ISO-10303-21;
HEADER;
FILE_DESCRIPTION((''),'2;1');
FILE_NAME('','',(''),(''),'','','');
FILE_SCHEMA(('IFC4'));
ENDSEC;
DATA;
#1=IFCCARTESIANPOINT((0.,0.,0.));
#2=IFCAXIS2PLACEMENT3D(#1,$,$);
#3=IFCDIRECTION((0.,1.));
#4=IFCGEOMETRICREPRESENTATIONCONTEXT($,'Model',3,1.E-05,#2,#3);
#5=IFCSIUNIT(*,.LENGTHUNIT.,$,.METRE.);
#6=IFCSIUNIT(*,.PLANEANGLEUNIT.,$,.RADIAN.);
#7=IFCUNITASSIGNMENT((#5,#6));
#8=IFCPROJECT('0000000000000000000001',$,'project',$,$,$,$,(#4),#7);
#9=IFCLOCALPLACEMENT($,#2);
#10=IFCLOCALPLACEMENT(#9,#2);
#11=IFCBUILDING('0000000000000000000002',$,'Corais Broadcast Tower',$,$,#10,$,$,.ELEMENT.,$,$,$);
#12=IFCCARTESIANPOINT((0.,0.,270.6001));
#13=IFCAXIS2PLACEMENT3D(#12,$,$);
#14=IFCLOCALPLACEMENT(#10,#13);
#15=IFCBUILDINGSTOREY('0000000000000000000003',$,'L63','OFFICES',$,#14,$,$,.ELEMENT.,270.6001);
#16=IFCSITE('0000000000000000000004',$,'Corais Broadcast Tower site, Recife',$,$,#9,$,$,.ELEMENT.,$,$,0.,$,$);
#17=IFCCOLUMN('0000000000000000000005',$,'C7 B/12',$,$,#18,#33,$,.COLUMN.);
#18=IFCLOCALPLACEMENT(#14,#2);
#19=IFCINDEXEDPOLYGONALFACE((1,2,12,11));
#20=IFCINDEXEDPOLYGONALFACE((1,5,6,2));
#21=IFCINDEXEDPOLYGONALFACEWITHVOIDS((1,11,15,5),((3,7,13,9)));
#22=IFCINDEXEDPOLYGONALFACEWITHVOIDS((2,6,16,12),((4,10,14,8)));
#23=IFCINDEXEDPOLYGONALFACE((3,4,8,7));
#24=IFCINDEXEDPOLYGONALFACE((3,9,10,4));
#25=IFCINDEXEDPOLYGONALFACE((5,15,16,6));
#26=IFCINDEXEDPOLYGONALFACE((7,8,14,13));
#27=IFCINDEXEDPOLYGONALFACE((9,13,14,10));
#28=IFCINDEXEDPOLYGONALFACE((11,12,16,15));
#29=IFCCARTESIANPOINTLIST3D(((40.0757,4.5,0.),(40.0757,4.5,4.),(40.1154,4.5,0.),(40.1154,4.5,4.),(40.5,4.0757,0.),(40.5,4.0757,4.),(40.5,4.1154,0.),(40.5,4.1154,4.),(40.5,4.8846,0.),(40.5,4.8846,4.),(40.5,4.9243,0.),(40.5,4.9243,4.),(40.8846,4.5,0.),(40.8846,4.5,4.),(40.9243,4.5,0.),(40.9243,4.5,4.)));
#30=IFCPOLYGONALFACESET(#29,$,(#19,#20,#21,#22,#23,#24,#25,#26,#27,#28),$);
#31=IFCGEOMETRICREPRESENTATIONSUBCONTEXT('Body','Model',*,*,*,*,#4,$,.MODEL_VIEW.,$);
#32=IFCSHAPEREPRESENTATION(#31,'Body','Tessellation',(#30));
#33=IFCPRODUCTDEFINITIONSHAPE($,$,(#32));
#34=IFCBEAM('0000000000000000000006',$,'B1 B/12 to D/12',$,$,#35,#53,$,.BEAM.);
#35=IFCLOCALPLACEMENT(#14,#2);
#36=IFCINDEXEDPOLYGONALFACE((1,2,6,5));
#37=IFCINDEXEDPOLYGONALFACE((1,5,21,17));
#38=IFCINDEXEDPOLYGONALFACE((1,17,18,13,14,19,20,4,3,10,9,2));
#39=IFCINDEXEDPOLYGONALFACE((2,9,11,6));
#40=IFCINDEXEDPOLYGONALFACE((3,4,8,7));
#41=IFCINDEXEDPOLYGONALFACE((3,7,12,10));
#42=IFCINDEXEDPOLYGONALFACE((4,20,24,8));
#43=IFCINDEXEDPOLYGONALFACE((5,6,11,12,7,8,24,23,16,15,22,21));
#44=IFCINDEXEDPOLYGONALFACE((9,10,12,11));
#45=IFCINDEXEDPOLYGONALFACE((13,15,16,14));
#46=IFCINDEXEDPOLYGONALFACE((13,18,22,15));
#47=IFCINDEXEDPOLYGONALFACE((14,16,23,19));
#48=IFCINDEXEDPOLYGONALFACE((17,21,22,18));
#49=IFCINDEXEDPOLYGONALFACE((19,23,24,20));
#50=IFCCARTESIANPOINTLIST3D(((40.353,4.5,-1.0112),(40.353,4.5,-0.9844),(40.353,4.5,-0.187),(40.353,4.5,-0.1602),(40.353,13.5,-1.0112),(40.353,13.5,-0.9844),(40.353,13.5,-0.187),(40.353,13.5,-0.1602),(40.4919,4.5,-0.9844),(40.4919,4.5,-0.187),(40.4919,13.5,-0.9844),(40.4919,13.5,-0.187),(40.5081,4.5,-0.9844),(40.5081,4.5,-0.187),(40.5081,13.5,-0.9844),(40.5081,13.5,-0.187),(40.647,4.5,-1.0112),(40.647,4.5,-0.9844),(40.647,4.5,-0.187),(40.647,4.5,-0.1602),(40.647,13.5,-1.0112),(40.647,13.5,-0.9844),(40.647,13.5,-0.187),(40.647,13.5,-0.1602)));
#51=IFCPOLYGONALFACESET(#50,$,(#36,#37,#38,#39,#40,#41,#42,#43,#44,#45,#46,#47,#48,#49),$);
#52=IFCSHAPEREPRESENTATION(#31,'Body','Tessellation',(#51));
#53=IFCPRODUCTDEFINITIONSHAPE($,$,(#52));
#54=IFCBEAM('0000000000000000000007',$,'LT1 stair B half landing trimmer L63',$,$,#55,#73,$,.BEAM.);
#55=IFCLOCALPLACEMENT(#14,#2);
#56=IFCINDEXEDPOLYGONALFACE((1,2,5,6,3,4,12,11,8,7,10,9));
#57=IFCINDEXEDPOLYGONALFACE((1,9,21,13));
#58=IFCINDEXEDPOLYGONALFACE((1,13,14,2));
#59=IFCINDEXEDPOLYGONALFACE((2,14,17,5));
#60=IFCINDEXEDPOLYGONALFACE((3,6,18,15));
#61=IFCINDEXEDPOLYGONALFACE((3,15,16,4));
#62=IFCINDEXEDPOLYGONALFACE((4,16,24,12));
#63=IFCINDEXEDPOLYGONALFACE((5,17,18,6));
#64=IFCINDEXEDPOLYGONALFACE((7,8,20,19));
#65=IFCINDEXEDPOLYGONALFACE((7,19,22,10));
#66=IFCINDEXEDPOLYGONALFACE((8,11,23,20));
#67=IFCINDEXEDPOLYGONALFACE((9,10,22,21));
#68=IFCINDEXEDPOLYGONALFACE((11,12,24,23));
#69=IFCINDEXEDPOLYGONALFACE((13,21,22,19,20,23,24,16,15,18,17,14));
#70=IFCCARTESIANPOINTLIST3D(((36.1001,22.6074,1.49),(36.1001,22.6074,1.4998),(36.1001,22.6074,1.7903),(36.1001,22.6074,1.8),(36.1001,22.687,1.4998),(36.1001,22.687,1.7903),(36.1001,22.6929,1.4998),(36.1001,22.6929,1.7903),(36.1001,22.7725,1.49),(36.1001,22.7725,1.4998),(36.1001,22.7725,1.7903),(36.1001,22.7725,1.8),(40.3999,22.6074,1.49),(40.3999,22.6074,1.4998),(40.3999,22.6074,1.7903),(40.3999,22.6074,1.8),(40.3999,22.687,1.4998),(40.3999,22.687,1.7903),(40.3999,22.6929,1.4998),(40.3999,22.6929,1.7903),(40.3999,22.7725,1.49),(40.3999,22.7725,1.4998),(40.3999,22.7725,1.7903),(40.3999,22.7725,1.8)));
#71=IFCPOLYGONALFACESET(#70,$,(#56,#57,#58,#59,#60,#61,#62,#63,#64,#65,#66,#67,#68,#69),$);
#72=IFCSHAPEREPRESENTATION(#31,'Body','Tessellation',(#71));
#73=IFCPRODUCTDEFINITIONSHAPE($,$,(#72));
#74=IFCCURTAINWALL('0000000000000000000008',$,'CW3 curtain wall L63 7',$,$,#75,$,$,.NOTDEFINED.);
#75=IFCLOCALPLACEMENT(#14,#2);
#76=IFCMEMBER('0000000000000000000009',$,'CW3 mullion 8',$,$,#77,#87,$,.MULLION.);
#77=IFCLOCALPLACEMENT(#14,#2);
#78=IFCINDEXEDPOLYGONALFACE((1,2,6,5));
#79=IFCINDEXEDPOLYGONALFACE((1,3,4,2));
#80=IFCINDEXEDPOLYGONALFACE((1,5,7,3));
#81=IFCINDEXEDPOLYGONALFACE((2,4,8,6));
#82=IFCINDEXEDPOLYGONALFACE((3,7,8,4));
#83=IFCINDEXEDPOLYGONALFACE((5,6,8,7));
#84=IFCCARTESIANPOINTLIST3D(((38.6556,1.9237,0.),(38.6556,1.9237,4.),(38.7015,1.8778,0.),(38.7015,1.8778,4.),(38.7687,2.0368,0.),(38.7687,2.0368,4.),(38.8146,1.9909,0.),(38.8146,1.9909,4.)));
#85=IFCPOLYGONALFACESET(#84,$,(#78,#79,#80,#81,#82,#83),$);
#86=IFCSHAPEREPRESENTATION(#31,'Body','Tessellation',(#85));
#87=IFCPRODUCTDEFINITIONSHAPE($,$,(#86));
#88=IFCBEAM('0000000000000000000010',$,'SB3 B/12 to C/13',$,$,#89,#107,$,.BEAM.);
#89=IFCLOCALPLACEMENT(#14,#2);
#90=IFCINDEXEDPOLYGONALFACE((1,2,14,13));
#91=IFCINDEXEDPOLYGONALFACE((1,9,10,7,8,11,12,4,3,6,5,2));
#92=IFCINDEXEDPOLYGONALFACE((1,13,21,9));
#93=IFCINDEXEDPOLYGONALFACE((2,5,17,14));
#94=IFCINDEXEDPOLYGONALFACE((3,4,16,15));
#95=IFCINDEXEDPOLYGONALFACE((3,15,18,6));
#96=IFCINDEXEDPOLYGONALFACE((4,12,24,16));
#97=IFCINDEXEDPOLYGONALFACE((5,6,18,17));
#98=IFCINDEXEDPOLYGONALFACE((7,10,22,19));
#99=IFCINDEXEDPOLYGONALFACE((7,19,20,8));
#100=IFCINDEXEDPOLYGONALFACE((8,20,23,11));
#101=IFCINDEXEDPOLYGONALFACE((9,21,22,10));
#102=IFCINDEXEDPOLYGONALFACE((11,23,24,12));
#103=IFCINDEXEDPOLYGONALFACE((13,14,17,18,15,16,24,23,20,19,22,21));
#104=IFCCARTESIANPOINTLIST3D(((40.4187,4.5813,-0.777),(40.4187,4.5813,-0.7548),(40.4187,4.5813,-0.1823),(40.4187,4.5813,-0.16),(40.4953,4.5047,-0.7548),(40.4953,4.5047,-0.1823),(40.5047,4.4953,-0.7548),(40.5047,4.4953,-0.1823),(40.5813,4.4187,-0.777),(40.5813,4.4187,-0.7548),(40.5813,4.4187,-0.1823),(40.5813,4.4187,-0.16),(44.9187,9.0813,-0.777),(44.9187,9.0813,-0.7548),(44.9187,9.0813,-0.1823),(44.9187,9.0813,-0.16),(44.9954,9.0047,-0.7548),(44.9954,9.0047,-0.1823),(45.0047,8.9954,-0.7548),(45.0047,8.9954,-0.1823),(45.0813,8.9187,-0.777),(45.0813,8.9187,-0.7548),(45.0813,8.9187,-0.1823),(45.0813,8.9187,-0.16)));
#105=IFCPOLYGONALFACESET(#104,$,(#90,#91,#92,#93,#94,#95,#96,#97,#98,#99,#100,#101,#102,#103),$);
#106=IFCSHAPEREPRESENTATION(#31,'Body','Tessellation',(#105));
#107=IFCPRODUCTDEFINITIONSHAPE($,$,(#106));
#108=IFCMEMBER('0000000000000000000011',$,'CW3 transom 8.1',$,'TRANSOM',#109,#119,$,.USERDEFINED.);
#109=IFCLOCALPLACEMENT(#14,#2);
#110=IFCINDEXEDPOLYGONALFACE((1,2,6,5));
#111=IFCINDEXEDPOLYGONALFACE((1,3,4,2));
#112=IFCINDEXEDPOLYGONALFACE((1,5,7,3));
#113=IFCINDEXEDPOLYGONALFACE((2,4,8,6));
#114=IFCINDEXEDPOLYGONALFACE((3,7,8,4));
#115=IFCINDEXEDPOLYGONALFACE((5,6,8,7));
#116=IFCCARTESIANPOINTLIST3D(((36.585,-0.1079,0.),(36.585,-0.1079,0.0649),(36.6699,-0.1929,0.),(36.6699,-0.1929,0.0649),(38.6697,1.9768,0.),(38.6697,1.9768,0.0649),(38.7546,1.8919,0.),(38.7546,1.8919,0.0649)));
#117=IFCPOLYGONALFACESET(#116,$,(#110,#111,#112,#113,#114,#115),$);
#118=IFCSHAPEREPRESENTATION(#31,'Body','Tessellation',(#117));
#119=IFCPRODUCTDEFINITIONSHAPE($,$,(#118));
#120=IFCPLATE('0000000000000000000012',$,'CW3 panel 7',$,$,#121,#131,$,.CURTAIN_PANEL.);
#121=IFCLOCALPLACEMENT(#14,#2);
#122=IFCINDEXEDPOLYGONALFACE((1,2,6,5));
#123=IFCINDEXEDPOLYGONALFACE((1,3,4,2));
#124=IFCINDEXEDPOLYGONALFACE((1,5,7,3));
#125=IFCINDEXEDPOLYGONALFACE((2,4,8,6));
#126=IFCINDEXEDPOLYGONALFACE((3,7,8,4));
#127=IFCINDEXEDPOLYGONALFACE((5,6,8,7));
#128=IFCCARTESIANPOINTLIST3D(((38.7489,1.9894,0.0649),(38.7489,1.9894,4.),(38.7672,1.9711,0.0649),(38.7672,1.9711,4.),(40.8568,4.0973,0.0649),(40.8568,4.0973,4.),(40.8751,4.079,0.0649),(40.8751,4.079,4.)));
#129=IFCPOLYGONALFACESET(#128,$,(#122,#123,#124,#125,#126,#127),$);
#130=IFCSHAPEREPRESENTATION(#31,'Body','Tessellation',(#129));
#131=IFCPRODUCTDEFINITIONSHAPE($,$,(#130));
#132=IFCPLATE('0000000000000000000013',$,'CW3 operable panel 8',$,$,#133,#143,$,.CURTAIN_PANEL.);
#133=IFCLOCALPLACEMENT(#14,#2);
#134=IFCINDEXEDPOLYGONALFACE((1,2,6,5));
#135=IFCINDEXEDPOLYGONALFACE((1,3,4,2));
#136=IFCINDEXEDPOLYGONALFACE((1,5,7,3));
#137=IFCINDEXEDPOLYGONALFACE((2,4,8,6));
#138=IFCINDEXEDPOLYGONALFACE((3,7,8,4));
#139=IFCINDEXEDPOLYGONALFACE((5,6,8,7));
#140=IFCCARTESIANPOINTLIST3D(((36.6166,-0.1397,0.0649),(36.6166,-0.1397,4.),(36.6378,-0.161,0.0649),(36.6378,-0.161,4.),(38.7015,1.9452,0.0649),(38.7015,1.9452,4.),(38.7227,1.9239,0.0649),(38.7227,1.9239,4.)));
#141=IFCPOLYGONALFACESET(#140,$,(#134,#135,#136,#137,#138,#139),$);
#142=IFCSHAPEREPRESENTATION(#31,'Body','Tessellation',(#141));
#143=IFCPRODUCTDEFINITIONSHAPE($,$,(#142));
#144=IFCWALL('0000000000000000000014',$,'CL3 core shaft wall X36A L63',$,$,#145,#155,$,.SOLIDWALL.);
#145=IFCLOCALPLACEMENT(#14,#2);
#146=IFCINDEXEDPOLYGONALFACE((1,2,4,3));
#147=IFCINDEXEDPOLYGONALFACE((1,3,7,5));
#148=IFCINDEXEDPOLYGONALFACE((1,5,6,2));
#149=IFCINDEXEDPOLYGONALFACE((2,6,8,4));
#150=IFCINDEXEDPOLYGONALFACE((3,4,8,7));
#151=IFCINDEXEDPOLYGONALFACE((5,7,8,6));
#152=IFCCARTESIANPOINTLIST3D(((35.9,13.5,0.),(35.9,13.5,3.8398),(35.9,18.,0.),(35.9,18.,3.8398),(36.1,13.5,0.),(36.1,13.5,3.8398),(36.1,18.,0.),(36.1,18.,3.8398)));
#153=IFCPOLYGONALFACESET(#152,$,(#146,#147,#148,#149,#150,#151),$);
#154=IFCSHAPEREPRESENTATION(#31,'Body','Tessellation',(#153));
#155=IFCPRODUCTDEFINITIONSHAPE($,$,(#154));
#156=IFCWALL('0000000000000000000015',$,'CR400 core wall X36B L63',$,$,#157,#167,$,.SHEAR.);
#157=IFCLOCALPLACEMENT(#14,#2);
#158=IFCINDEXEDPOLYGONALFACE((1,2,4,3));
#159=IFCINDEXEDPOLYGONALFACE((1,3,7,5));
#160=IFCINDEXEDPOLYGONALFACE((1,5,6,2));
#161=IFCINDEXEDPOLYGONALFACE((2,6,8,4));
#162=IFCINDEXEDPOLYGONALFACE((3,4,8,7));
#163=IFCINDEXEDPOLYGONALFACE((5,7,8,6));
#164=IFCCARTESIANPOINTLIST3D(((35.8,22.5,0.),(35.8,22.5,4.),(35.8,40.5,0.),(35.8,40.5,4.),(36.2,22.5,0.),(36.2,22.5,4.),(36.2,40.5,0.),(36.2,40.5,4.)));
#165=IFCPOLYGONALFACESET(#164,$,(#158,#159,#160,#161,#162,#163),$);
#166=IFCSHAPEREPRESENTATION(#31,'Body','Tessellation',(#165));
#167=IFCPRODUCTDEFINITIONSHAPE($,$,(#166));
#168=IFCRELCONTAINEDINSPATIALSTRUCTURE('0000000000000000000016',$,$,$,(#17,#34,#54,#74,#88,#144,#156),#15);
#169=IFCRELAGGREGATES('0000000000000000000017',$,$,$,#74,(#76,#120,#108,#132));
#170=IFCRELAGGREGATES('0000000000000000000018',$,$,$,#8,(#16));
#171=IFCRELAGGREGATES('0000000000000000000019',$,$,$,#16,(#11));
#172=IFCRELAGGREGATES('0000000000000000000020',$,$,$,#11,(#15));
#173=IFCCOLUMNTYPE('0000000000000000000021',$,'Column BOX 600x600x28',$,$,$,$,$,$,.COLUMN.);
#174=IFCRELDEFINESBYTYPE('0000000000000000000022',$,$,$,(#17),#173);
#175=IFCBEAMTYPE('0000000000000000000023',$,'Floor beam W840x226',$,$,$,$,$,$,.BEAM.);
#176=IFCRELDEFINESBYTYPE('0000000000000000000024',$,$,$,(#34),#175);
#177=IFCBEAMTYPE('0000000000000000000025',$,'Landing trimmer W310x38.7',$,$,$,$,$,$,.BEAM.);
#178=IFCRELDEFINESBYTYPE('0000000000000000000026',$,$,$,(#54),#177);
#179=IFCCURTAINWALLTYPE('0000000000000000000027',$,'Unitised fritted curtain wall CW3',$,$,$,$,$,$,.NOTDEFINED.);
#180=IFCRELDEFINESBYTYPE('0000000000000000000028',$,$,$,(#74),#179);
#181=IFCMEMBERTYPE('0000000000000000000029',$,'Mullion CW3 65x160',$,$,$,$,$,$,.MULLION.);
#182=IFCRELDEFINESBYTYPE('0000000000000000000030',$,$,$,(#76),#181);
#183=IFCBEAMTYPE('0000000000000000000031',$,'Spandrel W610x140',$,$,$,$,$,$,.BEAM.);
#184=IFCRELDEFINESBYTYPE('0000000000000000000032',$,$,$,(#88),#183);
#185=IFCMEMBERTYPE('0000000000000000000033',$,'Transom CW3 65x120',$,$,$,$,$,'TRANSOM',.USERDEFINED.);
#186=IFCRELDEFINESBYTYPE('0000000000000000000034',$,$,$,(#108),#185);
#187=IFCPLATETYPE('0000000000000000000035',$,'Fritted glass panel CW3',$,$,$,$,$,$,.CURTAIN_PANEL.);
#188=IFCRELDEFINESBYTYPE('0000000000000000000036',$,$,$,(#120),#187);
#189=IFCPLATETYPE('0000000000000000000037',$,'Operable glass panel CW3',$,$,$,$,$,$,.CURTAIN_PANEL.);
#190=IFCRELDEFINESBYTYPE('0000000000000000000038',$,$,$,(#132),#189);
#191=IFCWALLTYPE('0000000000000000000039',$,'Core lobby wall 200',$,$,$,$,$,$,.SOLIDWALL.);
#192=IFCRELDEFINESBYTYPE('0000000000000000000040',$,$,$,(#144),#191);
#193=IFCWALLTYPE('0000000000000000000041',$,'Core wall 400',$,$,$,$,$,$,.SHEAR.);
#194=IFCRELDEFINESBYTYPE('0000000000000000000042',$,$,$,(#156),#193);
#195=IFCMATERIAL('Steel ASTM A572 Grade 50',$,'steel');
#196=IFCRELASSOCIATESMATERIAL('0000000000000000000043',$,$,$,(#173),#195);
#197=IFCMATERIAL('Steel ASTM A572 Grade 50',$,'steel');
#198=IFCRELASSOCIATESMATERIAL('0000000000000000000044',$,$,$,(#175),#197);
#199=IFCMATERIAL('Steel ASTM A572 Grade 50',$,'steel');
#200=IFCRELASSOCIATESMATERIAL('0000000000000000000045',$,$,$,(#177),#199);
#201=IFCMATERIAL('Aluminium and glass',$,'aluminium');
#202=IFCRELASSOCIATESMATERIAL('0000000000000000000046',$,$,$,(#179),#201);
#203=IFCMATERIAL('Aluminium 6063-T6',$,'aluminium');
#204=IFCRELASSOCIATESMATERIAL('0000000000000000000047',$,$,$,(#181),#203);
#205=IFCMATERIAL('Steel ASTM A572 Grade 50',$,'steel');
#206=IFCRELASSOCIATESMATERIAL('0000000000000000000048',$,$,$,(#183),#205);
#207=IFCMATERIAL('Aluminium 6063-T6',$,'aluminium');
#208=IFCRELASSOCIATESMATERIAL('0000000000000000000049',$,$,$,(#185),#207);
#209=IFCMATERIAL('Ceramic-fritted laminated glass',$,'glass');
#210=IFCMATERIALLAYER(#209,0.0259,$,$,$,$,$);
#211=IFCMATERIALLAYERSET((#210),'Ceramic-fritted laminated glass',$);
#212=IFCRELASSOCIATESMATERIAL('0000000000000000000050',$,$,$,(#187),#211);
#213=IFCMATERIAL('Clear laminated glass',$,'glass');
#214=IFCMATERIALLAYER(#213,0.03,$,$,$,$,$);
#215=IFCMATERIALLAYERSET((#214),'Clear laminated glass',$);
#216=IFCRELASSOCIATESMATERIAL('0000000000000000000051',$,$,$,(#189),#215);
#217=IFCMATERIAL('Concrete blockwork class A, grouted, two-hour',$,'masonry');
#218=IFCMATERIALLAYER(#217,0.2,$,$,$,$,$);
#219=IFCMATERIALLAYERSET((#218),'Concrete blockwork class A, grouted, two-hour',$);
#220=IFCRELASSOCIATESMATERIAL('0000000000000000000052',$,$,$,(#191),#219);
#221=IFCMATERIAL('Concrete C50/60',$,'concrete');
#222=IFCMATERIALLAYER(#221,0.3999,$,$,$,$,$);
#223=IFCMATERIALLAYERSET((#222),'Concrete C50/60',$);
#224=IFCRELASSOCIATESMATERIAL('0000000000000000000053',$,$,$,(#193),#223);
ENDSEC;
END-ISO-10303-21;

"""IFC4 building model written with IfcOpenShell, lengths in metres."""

from ifc_helpers import new_model, si_unit, direction, frame, frame_2d, origin, origin_2d, place, context, subcontext, project, spatial, rectangle, hollow_rectangle, i_section, extrude, material, layer, layer_set, material_profile, profile_set, type_object, element, aggregate, save


model = new_model("IFC4")

# Units and contexts
model_context = context("Model", 3, precision=1e-05, world=origin(), true_north=direction((0.0, 1.0)))
body_context = subcontext(model_context, "Body", "Model", "MODEL_VIEW")
ifc_project = project(units=[si_unit("LENGTHUNIT", "METRE"), si_unit("PLANEANGLEUNIT", "RADIAN")], contexts=[model_context])

# Site, building, storey
site_placement = place(None, origin())
site = spatial("IfcSite", under=ifc_project, at=site_placement, Name="Corais Broadcast Tower site, Recife", CompositionType="ELEMENT", RefElevation=0.0)
building_placement = place(site_placement, origin())
building = spatial("IfcBuilding", under=site, at=building_placement, Name="Corais Broadcast Tower", CompositionType="ELEMENT")
storey_placement = place(building_placement, frame((0.0, 0.0, 270.6001)))
storey = spatial("IfcBuildingStorey", under=building, at=storey_placement, Name="L63", Description="OFFICES", CompositionType="ELEMENT", Elevation=270.6001)

# Column
ifc_material_1 = material(Name="Steel ASTM A572 Grade 50", Category="steel")
ifc_material_profile_1 = material_profile(ifc_material_1, hollow_rectangle(XDim=0.6001, YDim=0.6001, WallThickness=0.0281, at=origin_2d()), Name="BOX 600x600x28")
ifc_profile_set_1 = profile_set([ifc_material_profile_1], Name="Steel ASTM A572 Grade 50")
column_type = type_object("IfcColumnType", Name="Column BOX 600x600x28", PredefinedType="COLUMN", material=ifc_profile_set_1)
column_placement = place(storey_placement, frame((40.5, 4.5, 0.0), z_axis=(0.0, 0.0, 1.0), x_axis=(0.707107, 0.707107, 0.0)))
element("IfcColumn", 1, at=column_placement, inside=storey, type_object=column_type, Name="C7 B/12", PredefinedType="COLUMN", context=body_context, shape_type="SweptSolid", body=[
    extrude(hollow_rectangle(XDim=0.6001, YDim=0.6001, WallThickness=0.0281, at=origin_2d()), origin(), (0.0, 0.0, 1.0), 4.0),
])

# Beams
ifc_material_2 = material(Name="Steel ASTM A572 Grade 50", Category="steel")
ifc_material_profile_2 = material_profile(ifc_material_2, i_section(OverallWidth=0.2939, OverallDepth=0.8511, WebThickness=0.0161, FlangeThickness=0.0269, at=origin_2d()), Name="W840x226")
ifc_profile_set_2 = profile_set([ifc_material_profile_2], Name="Steel ASTM A572 Grade 50")
beam_type_1 = type_object("IfcBeamType", Name="Floor beam W840x226", PredefinedType="BEAM", material=ifc_profile_set_2)
beam_1_placement = place(storey_placement, frame((40.5, 4.5, -0.5857), z_axis=(0.0, 1.0, 0.0), x_axis=(-1.0, 0.0, 0.0)))
element("IfcBeam", 2, at=beam_1_placement, inside=storey, type_object=beam_type_1, Name="B1 B/12 to D/12", PredefinedType="BEAM", context=body_context, shape_type="SweptSolid", body=[
    extrude(i_section(OverallWidth=0.2939, OverallDepth=0.8511, WebThickness=0.0161, FlangeThickness=0.0269, at=origin_2d()), origin(), (0.0, 0.0, 1.0), 9.0),
])
ifc_material_3 = material(Name="Steel ASTM A572 Grade 50", Category="steel")
ifc_material_profile_3 = material_profile(ifc_material_3, i_section(OverallWidth=0.165, OverallDepth=0.3101, WebThickness=0.0059, FlangeThickness=0.0098, at=origin_2d()), Name="W310x38.7")
ifc_profile_set_3 = profile_set([ifc_material_profile_3], Name="Steel ASTM A572 Grade 50")
beam_type_2 = type_object("IfcBeamType", Name="Landing trimmer W310x38.7", PredefinedType="BEAM", material=ifc_profile_set_3)
beam_2_placement = place(storey_placement, frame((36.1001, 22.6899, 1.645), z_axis=(1.0, 0.0, 0.0), x_axis=(0.0, 1.0, 0.0)))
element("IfcBeam", 3, at=beam_2_placement, inside=storey, type_object=beam_type_2, Name="LT1 stair B half landing trimmer L63", PredefinedType="BEAM", context=body_context, shape_type="SweptSolid", body=[
    extrude(i_section(OverallWidth=0.165, OverallDepth=0.3101, WebThickness=0.0059, FlangeThickness=0.0098, at=origin_2d()), origin(), (0.0, 0.0, 1.0), 4.2998),
])

# Curtain wall, member
ifc_material_4 = material(Name="Aluminium and glass", Category="aluminium")
curtain_wall_type = type_object("IfcCurtainWallType", Name="Unitised fritted curtain wall CW3", PredefinedType="NOTDEFINED", material=ifc_material_4)
curtain_wall_placement = place(storey_placement, origin())
curtain_wall = element("IfcCurtainWall", 4, at=curtain_wall_placement, inside=storey, type_object=curtain_wall_type, Name="CW3 curtain wall L63 7", PredefinedType="NOTDEFINED")
ifc_material_5 = material(Name="Aluminium 6063-T6", Category="aluminium")
ifc_material_profile_4 = material_profile(ifc_material_5, rectangle(XDim=0.0649, YDim=0.1599, at=origin_2d()), Name="Mullion CW3 65x160")
ifc_profile_set_4 = profile_set([ifc_material_profile_4], Name="Aluminium 6063-T6")
member_type_1 = type_object("IfcMemberType", Name="Mullion CW3 65x160", PredefinedType="MULLION", material=ifc_profile_set_4)
member_1_placement = place(storey_placement, frame((38.7351, 1.9573, 0.0), z_axis=(0.0, 0.0, 1.0), x_axis=(0.707107, -0.707107, 0.0)))
member_1 = element("IfcMember", 5, at=member_1_placement, type_object=member_type_1, Name="CW3 mullion 8", PredefinedType="MULLION", context=body_context, shape_type="SweptSolid", body=[
    extrude(rectangle(XDim=0.0649, YDim=0.1599, at=origin_2d()), origin(), (0.0, 0.0, 1.0), 4.0),
])

# Beam
ifc_material_6 = material(Name="Steel ASTM A572 Grade 50", Category="steel")
ifc_material_profile_5 = material_profile(ifc_material_6, i_section(OverallWidth=0.23, OverallDepth=0.6169, WebThickness=0.0132, FlangeThickness=0.0222, at=origin_2d()), Name="W610x140")
ifc_profile_set_5 = profile_set([ifc_material_profile_5], Name="Steel ASTM A572 Grade 50")
beam_type_3 = type_object("IfcBeamType", Name="Spandrel W610x140", PredefinedType="BEAM", material=ifc_profile_set_5)
beam_3_placement = place(storey_placement, frame((40.5, 4.5, -0.4685), z_axis=(0.707107, 0.707107, 0.0), x_axis=(-0.707107, 0.707107, 0.0)))
element("IfcBeam", 6, at=beam_3_placement, inside=storey, type_object=beam_type_3, Name="SB3 B/12 to C/13", PredefinedType="BEAM", context=body_context, shape_type="SweptSolid", body=[
    extrude(i_section(OverallWidth=0.23, OverallDepth=0.6169, WebThickness=0.0132, FlangeThickness=0.0222, at=origin_2d()), origin(), (0.0, 0.0, 1.0), 6.364),
])

# Member
ifc_material_7 = material(Name="Aluminium 6063-T6", Category="aluminium")
ifc_material_profile_6 = material_profile(ifc_material_7, rectangle(XDim=0.1201, YDim=0.0649, at=origin_2d()), Name="Transom CW3 65x120")
ifc_profile_set_6 = profile_set([ifc_material_profile_6], Name="Aluminium 6063-T6")
member_type_2 = type_object("IfcMemberType", Name="Transom CW3 65x120", ElementType="TRANSOM", PredefinedType="USERDEFINED", material=ifc_profile_set_6)
member_2_placement = place(storey_placement, frame((38.7122, 1.9343, 0.0325), z_axis=(-0.707107, -0.707107, 0.0), x_axis=(0.707107, -0.707107, 0.0)))
member_2 = element("IfcMember", 7, at=member_2_placement, type_object=member_type_2, Name="CW3 transom 8.1", ObjectType="TRANSOM", PredefinedType="USERDEFINED", context=body_context, shape_type="SweptSolid", body=[
    extrude(rectangle(XDim=0.1201, YDim=0.0649, at=origin_2d()), origin(), (0.0, 0.0, 1.0), 2.9482),
])

# Plates
ifc_material_8 = material(Name="Ceramic-fritted laminated glass", Category="glass")
ifc_layer_1 = layer(ifc_material_8, 0.0259)
ifc_layer_set_1 = layer_set([ifc_layer_1], Name="Ceramic-fritted laminated glass")
plate_type_1 = type_object("IfcPlateType", Name="Fritted glass panel CW3", PredefinedType="CURTAIN_PANEL", material=ifc_layer_set_1)
plate_1_placement = place(storey_placement, frame((39.812, 3.0342, 0.0649), z_axis=(0.0, 0.0, 1.0), x_axis=(-0.707107, -0.707107, 0.0)))
plate_1 = element("IfcPlate", 8, at=plate_1_placement, type_object=plate_type_1, Name="CW3 panel 7", PredefinedType="CURTAIN_PANEL", context=body_context, shape_type="SweptSolid", body=[
    extrude(rectangle(XDim=2.981, YDim=0.0259, at=origin_2d()), origin(), (0.0, 0.0, 1.0), 3.9351),
])
ifc_material_9 = material(Name="Clear laminated glass", Category="glass")
ifc_layer_2 = layer(ifc_material_9, 0.03)
ifc_layer_set_2 = layer_set([ifc_layer_2], Name="Clear laminated glass")
plate_type_2 = type_object("IfcPlateType", Name="Operable glass panel CW3", PredefinedType="CURTAIN_PANEL", material=ifc_layer_set_2)
plate_2_placement = place(storey_placement, frame((37.6697, 0.8921, 0.0649), z_axis=(0.0, 0.0, 1.0), x_axis=(-0.707107, -0.707107, 0.0)))
plate_2 = element("IfcPlate", 9, at=plate_2_placement, type_object=plate_type_2, Name="CW3 operable panel 8", PredefinedType="CURTAIN_PANEL", context=body_context, shape_type="SweptSolid", body=[
    extrude(rectangle(XDim=2.9485, YDim=0.03, at=origin_2d()), origin(), (0.0, 0.0, 1.0), 3.9351),
])
aggregate(curtain_wall, [member_1, plate_1, member_2, plate_2])

# Walls
ifc_material_10 = material(Name="Concrete blockwork class A, grouted, two-hour", Category="masonry")
ifc_layer_3 = layer(ifc_material_10, 0.2)
ifc_layer_set_3 = layer_set([ifc_layer_3], Name="Concrete blockwork class A, grouted, two-hour")
wall_type_1 = type_object("IfcWallType", Name="Core lobby wall 200", PredefinedType="SOLIDWALL", material=ifc_layer_set_3)
wall_1_placement = place(storey_placement, frame((36.0, 13.5, 0.0), z_axis=(0.0, 0.0, 1.0), x_axis=(0.0, 1.0, 0.0)))
element("IfcWall", 10, at=wall_1_placement, inside=storey, type_object=wall_type_1, Name="CL3 core shaft wall X36A L63", PredefinedType="SOLIDWALL", context=body_context, shape_type="SweptSolid", body=[
    extrude(rectangle(XDim=4.5, YDim=0.2, at=frame_2d((2.25, 0.0))), origin(), (0.0, 0.0, 1.0), 3.8398),
])
ifc_material_11 = material(Name="Concrete C50/60", Category="concrete")
ifc_layer_4 = layer(ifc_material_11, 0.3999)
ifc_layer_set_4 = layer_set([ifc_layer_4], Name="Concrete C50/60")
wall_type_2 = type_object("IfcWallType", Name="Core wall 400", PredefinedType="SHEAR", material=ifc_layer_set_4)
wall_2_placement = place(storey_placement, frame((36.0, 22.5, 0.0), z_axis=(0.0, 0.0, 1.0), x_axis=(0.0, 1.0, 0.0)))
element("IfcWall", 11, at=wall_2_placement, inside=storey, type_object=wall_type_2, Name="CR400 core wall X36B L63", PredefinedType="SHEAR", context=body_context, shape_type="SweptSolid", body=[
    extrude(rectangle(XDim=18.0, YDim=0.3999, at=frame_2d((9.0, 0.0))), origin(), (0.0, 0.0, 1.0), 4.0),
])

save(model, "model.ifc")
